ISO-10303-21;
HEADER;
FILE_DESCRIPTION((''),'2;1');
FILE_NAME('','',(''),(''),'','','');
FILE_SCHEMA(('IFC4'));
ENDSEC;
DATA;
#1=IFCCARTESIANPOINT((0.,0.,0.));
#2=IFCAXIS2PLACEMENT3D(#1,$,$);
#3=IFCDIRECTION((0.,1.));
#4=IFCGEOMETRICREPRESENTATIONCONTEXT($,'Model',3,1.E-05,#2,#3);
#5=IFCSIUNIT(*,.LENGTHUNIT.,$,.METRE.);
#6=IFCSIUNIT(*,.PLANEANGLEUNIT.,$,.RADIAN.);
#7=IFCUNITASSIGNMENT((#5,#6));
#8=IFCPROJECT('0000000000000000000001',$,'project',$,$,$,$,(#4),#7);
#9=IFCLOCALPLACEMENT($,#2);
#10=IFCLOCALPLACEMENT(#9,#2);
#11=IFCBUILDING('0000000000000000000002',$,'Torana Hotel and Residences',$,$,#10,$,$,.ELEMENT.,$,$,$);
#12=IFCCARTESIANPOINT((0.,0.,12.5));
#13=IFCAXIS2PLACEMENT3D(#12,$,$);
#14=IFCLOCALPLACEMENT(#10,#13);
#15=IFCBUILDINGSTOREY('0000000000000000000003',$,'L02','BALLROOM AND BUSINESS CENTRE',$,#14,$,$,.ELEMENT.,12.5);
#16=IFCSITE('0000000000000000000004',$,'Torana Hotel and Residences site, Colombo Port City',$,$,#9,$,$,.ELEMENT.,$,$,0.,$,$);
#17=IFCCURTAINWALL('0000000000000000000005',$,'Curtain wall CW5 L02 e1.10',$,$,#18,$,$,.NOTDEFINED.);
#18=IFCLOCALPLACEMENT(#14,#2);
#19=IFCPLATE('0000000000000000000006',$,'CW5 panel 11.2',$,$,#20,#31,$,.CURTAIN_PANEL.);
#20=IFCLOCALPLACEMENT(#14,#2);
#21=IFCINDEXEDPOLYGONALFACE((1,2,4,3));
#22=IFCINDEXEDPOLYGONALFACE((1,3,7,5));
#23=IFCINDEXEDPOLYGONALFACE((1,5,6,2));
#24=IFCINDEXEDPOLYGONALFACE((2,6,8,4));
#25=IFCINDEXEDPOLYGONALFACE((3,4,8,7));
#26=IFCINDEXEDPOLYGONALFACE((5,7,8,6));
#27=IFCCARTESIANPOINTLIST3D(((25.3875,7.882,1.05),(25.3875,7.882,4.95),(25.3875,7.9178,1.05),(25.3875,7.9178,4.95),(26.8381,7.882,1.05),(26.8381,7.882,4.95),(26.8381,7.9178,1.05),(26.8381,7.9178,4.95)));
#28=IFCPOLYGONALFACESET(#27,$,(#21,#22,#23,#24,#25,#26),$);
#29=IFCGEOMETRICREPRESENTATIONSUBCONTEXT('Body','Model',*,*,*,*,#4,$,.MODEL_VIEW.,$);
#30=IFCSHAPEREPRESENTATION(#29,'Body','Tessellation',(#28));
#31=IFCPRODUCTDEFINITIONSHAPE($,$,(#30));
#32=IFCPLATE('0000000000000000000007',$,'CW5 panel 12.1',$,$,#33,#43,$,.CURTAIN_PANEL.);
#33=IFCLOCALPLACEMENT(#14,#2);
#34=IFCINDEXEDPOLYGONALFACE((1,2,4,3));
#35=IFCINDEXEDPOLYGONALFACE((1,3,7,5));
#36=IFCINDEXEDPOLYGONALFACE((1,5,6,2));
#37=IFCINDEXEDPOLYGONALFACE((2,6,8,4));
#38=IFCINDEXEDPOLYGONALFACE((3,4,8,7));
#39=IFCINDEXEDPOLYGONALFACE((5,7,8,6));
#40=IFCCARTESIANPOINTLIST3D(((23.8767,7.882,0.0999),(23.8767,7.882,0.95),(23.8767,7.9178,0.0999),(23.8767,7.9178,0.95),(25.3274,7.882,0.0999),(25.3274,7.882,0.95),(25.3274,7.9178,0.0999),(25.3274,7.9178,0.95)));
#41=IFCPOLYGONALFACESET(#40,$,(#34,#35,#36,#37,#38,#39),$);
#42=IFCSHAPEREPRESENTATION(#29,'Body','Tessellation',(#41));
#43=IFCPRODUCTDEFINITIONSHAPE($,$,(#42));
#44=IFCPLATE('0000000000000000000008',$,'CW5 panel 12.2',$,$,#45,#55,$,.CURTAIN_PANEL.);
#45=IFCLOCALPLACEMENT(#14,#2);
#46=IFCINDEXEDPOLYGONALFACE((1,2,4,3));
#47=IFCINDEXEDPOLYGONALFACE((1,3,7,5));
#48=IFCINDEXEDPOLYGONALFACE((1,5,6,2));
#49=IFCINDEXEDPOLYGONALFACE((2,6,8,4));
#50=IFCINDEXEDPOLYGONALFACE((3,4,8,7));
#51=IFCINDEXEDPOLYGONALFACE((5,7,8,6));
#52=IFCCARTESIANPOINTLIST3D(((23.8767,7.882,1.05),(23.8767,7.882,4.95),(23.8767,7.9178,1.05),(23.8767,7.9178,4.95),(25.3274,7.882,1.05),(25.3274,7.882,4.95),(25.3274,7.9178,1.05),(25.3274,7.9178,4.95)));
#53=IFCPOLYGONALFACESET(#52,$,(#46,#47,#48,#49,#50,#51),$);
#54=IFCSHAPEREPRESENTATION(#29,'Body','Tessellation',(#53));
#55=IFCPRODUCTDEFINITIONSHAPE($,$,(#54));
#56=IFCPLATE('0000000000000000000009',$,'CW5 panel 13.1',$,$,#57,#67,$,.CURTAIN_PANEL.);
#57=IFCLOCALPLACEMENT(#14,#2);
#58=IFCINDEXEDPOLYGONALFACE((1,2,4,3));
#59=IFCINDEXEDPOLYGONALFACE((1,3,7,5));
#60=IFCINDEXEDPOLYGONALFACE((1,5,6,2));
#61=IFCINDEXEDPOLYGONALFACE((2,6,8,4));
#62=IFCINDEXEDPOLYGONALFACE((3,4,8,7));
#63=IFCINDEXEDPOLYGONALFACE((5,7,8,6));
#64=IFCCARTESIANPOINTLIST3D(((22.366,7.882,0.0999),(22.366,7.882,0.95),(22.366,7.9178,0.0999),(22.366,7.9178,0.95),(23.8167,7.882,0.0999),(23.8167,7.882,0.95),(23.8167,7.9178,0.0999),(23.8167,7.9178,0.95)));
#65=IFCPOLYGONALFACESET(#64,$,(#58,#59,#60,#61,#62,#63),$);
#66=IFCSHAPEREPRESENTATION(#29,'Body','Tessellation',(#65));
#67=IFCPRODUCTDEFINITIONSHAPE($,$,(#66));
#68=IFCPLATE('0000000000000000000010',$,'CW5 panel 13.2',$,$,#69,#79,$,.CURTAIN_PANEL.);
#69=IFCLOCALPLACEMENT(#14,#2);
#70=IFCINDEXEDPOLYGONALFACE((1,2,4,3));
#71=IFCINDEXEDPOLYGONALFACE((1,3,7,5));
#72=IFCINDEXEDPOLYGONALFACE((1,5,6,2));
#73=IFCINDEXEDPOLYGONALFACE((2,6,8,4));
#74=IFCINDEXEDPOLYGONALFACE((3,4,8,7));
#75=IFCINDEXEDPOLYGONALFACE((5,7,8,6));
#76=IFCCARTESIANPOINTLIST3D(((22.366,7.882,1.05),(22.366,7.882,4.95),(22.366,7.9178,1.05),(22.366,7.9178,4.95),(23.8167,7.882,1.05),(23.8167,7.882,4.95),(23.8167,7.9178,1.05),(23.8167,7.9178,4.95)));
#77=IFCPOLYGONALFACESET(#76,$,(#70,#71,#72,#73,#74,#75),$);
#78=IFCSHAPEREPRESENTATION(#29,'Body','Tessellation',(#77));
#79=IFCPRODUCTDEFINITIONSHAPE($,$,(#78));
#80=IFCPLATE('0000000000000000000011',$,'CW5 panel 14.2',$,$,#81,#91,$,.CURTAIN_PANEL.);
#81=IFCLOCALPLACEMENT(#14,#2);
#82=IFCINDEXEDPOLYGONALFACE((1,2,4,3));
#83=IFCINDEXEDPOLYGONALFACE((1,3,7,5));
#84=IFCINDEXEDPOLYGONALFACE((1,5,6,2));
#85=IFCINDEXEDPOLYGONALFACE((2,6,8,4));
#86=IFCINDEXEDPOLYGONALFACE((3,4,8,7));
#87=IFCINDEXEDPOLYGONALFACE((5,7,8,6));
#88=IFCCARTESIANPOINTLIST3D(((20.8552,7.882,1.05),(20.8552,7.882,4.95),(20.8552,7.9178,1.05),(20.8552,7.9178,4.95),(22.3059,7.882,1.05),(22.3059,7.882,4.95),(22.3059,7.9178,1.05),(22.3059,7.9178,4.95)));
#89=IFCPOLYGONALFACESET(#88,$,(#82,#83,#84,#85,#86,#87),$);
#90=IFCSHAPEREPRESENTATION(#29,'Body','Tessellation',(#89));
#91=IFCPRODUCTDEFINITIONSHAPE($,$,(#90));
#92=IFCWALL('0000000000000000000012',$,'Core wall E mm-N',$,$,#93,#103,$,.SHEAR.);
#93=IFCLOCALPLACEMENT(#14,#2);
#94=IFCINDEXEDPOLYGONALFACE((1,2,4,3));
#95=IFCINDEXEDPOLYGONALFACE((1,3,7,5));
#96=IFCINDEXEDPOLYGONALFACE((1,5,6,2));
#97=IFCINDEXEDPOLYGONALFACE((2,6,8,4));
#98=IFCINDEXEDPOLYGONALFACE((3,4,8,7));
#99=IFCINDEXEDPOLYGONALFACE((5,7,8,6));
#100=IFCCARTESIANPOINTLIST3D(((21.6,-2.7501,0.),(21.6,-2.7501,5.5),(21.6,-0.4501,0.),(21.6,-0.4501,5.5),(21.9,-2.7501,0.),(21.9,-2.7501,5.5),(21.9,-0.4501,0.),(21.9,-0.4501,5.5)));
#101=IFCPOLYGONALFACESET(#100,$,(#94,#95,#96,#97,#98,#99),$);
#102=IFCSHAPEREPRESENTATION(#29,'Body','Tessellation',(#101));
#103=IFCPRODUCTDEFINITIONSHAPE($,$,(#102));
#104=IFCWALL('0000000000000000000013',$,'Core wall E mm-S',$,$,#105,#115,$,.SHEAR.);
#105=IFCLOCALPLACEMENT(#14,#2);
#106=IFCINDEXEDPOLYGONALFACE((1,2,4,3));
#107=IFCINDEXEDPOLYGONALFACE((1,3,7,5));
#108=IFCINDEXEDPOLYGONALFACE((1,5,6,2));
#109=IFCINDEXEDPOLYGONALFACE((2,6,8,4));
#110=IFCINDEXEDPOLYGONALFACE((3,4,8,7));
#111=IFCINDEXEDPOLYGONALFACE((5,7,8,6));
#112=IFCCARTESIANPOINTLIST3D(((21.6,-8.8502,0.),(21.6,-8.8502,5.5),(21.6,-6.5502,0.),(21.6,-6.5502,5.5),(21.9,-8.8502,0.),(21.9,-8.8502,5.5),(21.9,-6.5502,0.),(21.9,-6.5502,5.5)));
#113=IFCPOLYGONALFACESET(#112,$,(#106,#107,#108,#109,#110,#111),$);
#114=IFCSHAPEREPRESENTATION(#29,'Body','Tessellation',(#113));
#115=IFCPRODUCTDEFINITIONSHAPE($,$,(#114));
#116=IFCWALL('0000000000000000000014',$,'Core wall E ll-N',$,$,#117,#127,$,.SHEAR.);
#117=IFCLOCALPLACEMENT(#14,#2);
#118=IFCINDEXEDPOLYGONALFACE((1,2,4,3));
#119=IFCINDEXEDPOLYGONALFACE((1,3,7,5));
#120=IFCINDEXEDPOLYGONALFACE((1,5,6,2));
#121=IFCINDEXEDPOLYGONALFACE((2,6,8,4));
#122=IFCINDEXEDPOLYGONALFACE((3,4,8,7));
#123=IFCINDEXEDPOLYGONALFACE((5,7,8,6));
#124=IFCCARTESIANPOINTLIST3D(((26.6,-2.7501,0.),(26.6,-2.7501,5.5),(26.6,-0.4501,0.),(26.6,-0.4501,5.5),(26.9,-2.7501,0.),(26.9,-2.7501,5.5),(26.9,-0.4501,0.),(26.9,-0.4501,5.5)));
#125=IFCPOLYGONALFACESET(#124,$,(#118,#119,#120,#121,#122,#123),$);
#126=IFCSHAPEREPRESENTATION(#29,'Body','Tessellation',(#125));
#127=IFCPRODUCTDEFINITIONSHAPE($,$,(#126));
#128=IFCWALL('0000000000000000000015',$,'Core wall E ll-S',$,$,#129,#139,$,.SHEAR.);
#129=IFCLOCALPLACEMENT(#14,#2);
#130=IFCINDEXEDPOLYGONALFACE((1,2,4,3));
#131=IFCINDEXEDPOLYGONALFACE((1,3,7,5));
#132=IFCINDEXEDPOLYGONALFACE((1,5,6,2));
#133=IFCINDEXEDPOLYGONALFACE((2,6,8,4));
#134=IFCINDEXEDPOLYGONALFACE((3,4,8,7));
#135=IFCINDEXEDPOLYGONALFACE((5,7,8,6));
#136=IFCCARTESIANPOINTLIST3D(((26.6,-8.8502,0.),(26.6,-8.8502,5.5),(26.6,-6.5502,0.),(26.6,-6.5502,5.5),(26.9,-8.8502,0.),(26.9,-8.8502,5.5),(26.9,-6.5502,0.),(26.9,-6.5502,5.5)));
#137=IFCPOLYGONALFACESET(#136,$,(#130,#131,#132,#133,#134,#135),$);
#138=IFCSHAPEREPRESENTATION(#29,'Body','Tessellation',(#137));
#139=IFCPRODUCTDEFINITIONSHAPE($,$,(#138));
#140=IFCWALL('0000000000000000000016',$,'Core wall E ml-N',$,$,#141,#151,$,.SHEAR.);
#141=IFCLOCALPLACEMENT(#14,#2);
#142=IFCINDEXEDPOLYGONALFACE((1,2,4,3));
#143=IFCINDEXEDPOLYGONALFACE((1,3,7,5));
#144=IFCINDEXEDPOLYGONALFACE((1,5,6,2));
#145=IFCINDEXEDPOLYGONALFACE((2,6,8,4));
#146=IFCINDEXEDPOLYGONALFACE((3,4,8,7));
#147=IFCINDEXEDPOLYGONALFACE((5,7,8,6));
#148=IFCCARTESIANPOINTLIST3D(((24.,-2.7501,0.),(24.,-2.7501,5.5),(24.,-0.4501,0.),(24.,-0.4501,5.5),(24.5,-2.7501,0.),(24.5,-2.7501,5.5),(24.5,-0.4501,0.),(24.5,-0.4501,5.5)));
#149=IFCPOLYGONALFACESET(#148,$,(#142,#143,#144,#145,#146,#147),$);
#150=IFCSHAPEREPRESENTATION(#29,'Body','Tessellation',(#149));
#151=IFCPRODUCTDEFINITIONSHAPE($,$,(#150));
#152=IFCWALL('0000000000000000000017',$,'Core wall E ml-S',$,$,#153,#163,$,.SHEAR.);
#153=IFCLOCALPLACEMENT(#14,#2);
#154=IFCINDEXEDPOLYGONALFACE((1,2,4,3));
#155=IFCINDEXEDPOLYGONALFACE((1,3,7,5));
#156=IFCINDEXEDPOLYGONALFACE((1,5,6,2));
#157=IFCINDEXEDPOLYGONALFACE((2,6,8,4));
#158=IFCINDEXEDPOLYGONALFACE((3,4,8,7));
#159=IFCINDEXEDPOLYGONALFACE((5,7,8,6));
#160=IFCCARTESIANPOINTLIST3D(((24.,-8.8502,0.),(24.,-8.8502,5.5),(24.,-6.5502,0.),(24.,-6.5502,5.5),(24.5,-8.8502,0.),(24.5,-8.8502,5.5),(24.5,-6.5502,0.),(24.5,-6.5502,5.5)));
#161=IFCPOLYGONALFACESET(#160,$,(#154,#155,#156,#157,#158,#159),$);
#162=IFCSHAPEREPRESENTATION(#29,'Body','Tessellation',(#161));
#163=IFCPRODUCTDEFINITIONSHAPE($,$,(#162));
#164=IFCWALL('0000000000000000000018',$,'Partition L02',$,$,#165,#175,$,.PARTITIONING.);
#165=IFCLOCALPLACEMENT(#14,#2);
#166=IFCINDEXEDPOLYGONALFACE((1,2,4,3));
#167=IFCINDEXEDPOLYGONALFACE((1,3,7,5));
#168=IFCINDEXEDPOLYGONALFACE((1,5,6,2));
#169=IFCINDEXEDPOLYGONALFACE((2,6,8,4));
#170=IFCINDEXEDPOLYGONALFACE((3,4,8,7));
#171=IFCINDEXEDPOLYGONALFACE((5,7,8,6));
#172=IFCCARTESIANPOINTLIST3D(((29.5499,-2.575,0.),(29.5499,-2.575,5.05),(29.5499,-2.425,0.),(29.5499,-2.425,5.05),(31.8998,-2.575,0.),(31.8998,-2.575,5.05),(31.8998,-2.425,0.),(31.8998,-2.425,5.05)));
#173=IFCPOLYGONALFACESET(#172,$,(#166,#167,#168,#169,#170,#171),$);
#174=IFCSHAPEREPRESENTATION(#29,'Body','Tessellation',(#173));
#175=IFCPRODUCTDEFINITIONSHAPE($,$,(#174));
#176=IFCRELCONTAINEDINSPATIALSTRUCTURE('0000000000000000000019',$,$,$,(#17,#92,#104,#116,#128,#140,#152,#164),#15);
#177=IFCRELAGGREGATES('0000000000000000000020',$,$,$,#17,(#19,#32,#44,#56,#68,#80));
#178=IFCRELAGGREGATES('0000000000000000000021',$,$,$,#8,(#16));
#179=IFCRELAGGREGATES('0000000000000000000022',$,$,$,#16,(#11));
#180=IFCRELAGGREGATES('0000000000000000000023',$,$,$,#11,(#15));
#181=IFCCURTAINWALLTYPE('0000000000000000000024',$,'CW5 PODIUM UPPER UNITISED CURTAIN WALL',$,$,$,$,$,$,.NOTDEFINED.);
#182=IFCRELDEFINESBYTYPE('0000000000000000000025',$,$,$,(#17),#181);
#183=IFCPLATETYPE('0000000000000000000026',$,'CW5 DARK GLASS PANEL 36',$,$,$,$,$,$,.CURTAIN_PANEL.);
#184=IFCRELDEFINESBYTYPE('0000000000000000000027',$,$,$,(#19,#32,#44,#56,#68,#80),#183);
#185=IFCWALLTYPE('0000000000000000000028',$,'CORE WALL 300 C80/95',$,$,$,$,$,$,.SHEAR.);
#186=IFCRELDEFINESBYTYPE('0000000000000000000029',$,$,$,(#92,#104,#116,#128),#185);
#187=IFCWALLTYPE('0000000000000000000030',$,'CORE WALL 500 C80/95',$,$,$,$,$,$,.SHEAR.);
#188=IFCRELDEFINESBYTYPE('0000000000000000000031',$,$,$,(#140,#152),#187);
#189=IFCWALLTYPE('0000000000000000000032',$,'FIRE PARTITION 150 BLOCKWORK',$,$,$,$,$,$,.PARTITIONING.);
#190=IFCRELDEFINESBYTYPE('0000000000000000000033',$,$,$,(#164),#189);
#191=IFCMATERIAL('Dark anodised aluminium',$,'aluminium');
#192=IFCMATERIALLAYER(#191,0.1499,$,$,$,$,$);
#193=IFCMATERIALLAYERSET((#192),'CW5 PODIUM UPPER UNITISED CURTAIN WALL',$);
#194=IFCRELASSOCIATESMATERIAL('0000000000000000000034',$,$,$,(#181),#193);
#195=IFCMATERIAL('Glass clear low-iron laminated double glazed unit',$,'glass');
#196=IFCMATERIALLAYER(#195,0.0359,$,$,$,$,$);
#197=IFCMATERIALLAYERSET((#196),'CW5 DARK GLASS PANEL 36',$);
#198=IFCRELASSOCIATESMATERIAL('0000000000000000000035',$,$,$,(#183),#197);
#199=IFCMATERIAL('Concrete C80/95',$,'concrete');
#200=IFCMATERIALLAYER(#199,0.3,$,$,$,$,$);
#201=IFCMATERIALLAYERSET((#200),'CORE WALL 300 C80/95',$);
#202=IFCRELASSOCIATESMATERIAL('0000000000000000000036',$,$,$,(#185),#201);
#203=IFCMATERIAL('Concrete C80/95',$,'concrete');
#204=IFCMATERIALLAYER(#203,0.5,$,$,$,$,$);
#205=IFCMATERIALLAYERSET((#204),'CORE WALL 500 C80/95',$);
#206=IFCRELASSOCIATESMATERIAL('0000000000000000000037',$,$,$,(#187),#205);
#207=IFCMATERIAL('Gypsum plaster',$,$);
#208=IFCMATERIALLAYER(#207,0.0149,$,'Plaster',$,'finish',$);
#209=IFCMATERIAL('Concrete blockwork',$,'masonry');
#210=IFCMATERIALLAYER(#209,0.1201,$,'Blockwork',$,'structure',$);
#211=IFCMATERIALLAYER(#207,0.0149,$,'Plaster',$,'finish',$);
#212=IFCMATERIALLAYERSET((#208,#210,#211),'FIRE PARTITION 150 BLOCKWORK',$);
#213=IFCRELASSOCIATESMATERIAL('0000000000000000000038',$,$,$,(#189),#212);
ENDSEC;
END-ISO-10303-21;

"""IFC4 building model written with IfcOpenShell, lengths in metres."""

from ifc_helpers import new_model, si_unit, direction, frame, frame_2d, origin, origin_2d, place, context, subcontext, project, spatial, rectangle, extrude, material, layer, layer_set, type_object, element, aggregate, save


model = new_model("IFC4")

# Units and contexts
model_context = context("Model", 3, precision=1e-05, world=origin(), true_north=direction((0.0, 1.0)))
body_context = subcontext(model_context, "Body", "Model", "MODEL_VIEW")
ifc_project = project(units=[si_unit("LENGTHUNIT", "METRE"), si_unit("PLANEANGLEUNIT", "RADIAN")], contexts=[model_context])

# Site, building, storey
site_placement = place(None, origin())
site = spatial("IfcSite", under=ifc_project, at=site_placement, Name="Torana Hotel and Residences site, Colombo Port City", CompositionType="ELEMENT", RefElevation=0.0)
building_placement = place(site_placement, origin())
building = spatial("IfcBuilding", under=site, at=building_placement, Name="Torana Hotel and Residences", CompositionType="ELEMENT")
storey_placement = place(building_placement, frame((0.0, 0.0, 12.5)))
storey = spatial("IfcBuildingStorey", under=building, at=storey_placement, Name="L02", Description="BALLROOM AND BUSINESS CENTRE", CompositionType="ELEMENT", Elevation=12.5)

# Curtain wall, plates
ifc_material_1 = material(Name="Dark anodised aluminium", Category="aluminium")
ifc_layer_1 = layer(ifc_material_1, 0.1499)
ifc_layer_set_1 = layer_set([ifc_layer_1], Name="CW5 PODIUM UPPER UNITISED CURTAIN WALL")
curtain_wall_type = type_object("IfcCurtainWallType", Name="CW5 PODIUM UPPER UNITISED CURTAIN WALL", PredefinedType="NOTDEFINED", material=ifc_layer_set_1)
curtain_wall_placement = place(storey_placement, origin())
curtain_wall = element("IfcCurtainWall", 1, at=curtain_wall_placement, inside=storey, type_object=curtain_wall_type, Name="Curtain wall CW5 L02 e1.10", PredefinedType="NOTDEFINED")
ifc_material_2 = material(Name="Glass clear low-iron laminated double glazed unit", Category="glass")
ifc_layer_2 = layer(ifc_material_2, 0.0359)
ifc_layer_set_2 = layer_set([ifc_layer_2], Name="CW5 DARK GLASS PANEL 36")
plate_type = type_object("IfcPlateType", Name="CW5 DARK GLASS PANEL 36", PredefinedType="CURTAIN_PANEL", material=ifc_layer_set_2)
plate_1_placement = place(storey_placement, frame((26.1128, 7.8999, 1.05), z_axis=(0.0, 0.0, 1.0), x_axis=(-1.0, 0.0, 0.0)))
plate_1 = element("IfcPlate", 2, at=plate_1_placement, type_object=plate_type, Name="CW5 panel 11.2", PredefinedType="CURTAIN_PANEL", context=body_context, shape_type="SweptSolid", body=[
    extrude(rectangle(XDim=1.4507, YDim=0.0359, at=origin_2d()), origin(), (0.0, 0.0, 1.0), 3.8999),
])
plate_2_placement = place(storey_placement, frame((24.6021, 7.8999, 0.0999), z_axis=(0.0, 0.0, 1.0), x_axis=(-1.0, 0.0, 0.0)))
plate_2 = element("IfcPlate", 3, at=plate_2_placement, type_object=plate_type, Name="CW5 panel 12.1", PredefinedType="CURTAIN_PANEL", context=body_context, shape_type="SweptSolid", body=[
    extrude(rectangle(XDim=1.4507, YDim=0.0359, at=origin_2d()), origin(), (0.0, 0.0, 1.0), 0.8501),
])
plate_3_placement = place(storey_placement, frame((24.6021, 7.8999, 1.05), z_axis=(0.0, 0.0, 1.0), x_axis=(-1.0, 0.0, 0.0)))
plate_3 = element("IfcPlate", 4, at=plate_3_placement, type_object=plate_type, Name="CW5 panel 12.2", PredefinedType="CURTAIN_PANEL", context=body_context, shape_type="SweptSolid", body=[
    extrude(rectangle(XDim=1.4507, YDim=0.0359, at=origin_2d()), origin(), (0.0, 0.0, 1.0), 3.8999),
])
plate_4_placement = place(storey_placement, frame((23.0913, 7.8999, 0.0999), z_axis=(0.0, 0.0, 1.0), x_axis=(-1.0, 0.0, 0.0)))
plate_4 = element("IfcPlate", 5, at=plate_4_placement, type_object=plate_type, Name="CW5 panel 13.1", PredefinedType="CURTAIN_PANEL", context=body_context, shape_type="SweptSolid", body=[
    extrude(rectangle(XDim=1.4507, YDim=0.0359, at=origin_2d()), origin(), (0.0, 0.0, 1.0), 0.8501),
])
plate_5_placement = place(storey_placement, frame((23.0913, 7.8999, 1.05), z_axis=(0.0, 0.0, 1.0), x_axis=(-1.0, 0.0, 0.0)))
plate_5 = element("IfcPlate", 6, at=plate_5_placement, type_object=plate_type, Name="CW5 panel 13.2", PredefinedType="CURTAIN_PANEL", context=body_context, shape_type="SweptSolid", body=[
    extrude(rectangle(XDim=1.4507, YDim=0.0359, at=origin_2d()), origin(), (0.0, 0.0, 1.0), 3.8999),
])
plate_6_placement = place(storey_placement, frame((21.5806, 7.8999, 1.05), z_axis=(0.0, 0.0, 1.0), x_axis=(-1.0, 0.0, 0.0)))
plate_6 = element("IfcPlate", 7, at=plate_6_placement, type_object=plate_type, Name="CW5 panel 14.2", PredefinedType="CURTAIN_PANEL", context=body_context, shape_type="SweptSolid", body=[
    extrude(rectangle(XDim=1.4507, YDim=0.0359, at=origin_2d()), origin(), (0.0, 0.0, 1.0), 3.8999),
])
aggregate(curtain_wall, [plate_1, plate_2, plate_3, plate_4, plate_5, plate_6])

# Walls
ifc_material_3 = material(Name="Concrete C80/95", Category="concrete")
ifc_layer_3 = layer(ifc_material_3, 0.3)
ifc_layer_set_3 = layer_set([ifc_layer_3], Name="CORE WALL 300 C80/95")
wall_type_1 = type_object("IfcWallType", Name="CORE WALL 300 C80/95", PredefinedType="SHEAR", material=ifc_layer_set_3)
for number, where, z_axis, x_axis, name in (
    (8, (21.75, -2.75, 0.0), (0.0, 0.0, 1.0), (0.0, 1.0, 0.0), "Core wall E mm-N"),
    (9, (21.75, -8.8501, 0.0), (0.0, 0.0, 1.0), (0.0, 1.0, 0.0), "Core wall E mm-S"),
    (10, (26.75, -2.75, 0.0), (0.0, 0.0, 1.0), (0.0, 1.0, 0.0), "Core wall E ll-N"),
    (11, (26.75, -8.8501, 0.0), (0.0, 0.0, 1.0), (0.0, 1.0, 0.0), "Core wall E ll-S"),
):
    element("IfcWall", number, at=place(storey_placement, frame(where, z_axis=z_axis, x_axis=x_axis)), inside=storey, type_object=wall_type_1, Name=name, PredefinedType="SHEAR", context=body_context, shape_type="SweptSolid", body=[
        extrude(rectangle(XDim=2.3, YDim=0.3, at=frame_2d((1.1499, 0.0))), origin(), (0.0, 0.0, 1.0), 5.5),
    ])
ifc_material_4 = material(Name="Concrete C80/95", Category="concrete")
ifc_layer_4 = layer(ifc_material_4, 0.5)
ifc_layer_set_4 = layer_set([ifc_layer_4], Name="CORE WALL 500 C80/95")
wall_type_2 = type_object("IfcWallType", Name="CORE WALL 500 C80/95", PredefinedType="SHEAR", material=ifc_layer_set_4)
for number, where, z_axis, x_axis, name in (
    (12, (24.25, -2.75, 0.0), (0.0, 0.0, 1.0), (0.0, 1.0, 0.0), "Core wall E ml-N"),
    (13, (24.25, -8.8501, 0.0), (0.0, 0.0, 1.0), (0.0, 1.0, 0.0), "Core wall E ml-S"),
):
    element("IfcWall", number, at=place(storey_placement, frame(where, z_axis=z_axis, x_axis=x_axis)), inside=storey, type_object=wall_type_2, Name=name, PredefinedType="SHEAR", context=body_context, shape_type="SweptSolid", body=[
        extrude(rectangle(XDim=2.3, YDim=0.5, at=frame_2d((1.1499, 0.0))), origin(), (0.0, 0.0, 1.0), 5.5),
    ])
ifc_material_5 = material(Name="Gypsum plaster")
ifc_layer_5 = layer(ifc_material_5, 0.0149, Name="Plaster", Category="finish")
ifc_material_6 = material(Name="Concrete blockwork", Category="masonry")
ifc_layer_6 = layer(ifc_material_6, 0.1201, Name="Blockwork", Category="structure")
ifc_layer_7 = layer(ifc_material_5, 0.0149, Name="Plaster", Category="finish")
ifc_layer_set_5 = layer_set([ifc_layer_5, ifc_layer_6, ifc_layer_7], Name="FIRE PARTITION 150 BLOCKWORK")
wall_type_3 = type_object("IfcWallType", Name="FIRE PARTITION 150 BLOCKWORK", PredefinedType="PARTITIONING", material=ifc_layer_set_5)
wall_1_placement = place(storey_placement, frame((29.55, -2.5, 0.0), z_axis=(0.0, 0.0, 1.0), x_axis=(1.0, 0.0, 0.0)))
element("IfcWall", 14, at=wall_1_placement, inside=storey, type_object=wall_type_3, Name="Partition L02", PredefinedType="PARTITIONING", context=body_context, shape_type="SweptSolid", body=[
    extrude(rectangle(XDim=2.3499, YDim=0.1499, at=frame_2d((1.1748, 0.0))), origin(), (0.0, 0.0, 1.0), 5.05),
])

save(model, "model.ifc")
